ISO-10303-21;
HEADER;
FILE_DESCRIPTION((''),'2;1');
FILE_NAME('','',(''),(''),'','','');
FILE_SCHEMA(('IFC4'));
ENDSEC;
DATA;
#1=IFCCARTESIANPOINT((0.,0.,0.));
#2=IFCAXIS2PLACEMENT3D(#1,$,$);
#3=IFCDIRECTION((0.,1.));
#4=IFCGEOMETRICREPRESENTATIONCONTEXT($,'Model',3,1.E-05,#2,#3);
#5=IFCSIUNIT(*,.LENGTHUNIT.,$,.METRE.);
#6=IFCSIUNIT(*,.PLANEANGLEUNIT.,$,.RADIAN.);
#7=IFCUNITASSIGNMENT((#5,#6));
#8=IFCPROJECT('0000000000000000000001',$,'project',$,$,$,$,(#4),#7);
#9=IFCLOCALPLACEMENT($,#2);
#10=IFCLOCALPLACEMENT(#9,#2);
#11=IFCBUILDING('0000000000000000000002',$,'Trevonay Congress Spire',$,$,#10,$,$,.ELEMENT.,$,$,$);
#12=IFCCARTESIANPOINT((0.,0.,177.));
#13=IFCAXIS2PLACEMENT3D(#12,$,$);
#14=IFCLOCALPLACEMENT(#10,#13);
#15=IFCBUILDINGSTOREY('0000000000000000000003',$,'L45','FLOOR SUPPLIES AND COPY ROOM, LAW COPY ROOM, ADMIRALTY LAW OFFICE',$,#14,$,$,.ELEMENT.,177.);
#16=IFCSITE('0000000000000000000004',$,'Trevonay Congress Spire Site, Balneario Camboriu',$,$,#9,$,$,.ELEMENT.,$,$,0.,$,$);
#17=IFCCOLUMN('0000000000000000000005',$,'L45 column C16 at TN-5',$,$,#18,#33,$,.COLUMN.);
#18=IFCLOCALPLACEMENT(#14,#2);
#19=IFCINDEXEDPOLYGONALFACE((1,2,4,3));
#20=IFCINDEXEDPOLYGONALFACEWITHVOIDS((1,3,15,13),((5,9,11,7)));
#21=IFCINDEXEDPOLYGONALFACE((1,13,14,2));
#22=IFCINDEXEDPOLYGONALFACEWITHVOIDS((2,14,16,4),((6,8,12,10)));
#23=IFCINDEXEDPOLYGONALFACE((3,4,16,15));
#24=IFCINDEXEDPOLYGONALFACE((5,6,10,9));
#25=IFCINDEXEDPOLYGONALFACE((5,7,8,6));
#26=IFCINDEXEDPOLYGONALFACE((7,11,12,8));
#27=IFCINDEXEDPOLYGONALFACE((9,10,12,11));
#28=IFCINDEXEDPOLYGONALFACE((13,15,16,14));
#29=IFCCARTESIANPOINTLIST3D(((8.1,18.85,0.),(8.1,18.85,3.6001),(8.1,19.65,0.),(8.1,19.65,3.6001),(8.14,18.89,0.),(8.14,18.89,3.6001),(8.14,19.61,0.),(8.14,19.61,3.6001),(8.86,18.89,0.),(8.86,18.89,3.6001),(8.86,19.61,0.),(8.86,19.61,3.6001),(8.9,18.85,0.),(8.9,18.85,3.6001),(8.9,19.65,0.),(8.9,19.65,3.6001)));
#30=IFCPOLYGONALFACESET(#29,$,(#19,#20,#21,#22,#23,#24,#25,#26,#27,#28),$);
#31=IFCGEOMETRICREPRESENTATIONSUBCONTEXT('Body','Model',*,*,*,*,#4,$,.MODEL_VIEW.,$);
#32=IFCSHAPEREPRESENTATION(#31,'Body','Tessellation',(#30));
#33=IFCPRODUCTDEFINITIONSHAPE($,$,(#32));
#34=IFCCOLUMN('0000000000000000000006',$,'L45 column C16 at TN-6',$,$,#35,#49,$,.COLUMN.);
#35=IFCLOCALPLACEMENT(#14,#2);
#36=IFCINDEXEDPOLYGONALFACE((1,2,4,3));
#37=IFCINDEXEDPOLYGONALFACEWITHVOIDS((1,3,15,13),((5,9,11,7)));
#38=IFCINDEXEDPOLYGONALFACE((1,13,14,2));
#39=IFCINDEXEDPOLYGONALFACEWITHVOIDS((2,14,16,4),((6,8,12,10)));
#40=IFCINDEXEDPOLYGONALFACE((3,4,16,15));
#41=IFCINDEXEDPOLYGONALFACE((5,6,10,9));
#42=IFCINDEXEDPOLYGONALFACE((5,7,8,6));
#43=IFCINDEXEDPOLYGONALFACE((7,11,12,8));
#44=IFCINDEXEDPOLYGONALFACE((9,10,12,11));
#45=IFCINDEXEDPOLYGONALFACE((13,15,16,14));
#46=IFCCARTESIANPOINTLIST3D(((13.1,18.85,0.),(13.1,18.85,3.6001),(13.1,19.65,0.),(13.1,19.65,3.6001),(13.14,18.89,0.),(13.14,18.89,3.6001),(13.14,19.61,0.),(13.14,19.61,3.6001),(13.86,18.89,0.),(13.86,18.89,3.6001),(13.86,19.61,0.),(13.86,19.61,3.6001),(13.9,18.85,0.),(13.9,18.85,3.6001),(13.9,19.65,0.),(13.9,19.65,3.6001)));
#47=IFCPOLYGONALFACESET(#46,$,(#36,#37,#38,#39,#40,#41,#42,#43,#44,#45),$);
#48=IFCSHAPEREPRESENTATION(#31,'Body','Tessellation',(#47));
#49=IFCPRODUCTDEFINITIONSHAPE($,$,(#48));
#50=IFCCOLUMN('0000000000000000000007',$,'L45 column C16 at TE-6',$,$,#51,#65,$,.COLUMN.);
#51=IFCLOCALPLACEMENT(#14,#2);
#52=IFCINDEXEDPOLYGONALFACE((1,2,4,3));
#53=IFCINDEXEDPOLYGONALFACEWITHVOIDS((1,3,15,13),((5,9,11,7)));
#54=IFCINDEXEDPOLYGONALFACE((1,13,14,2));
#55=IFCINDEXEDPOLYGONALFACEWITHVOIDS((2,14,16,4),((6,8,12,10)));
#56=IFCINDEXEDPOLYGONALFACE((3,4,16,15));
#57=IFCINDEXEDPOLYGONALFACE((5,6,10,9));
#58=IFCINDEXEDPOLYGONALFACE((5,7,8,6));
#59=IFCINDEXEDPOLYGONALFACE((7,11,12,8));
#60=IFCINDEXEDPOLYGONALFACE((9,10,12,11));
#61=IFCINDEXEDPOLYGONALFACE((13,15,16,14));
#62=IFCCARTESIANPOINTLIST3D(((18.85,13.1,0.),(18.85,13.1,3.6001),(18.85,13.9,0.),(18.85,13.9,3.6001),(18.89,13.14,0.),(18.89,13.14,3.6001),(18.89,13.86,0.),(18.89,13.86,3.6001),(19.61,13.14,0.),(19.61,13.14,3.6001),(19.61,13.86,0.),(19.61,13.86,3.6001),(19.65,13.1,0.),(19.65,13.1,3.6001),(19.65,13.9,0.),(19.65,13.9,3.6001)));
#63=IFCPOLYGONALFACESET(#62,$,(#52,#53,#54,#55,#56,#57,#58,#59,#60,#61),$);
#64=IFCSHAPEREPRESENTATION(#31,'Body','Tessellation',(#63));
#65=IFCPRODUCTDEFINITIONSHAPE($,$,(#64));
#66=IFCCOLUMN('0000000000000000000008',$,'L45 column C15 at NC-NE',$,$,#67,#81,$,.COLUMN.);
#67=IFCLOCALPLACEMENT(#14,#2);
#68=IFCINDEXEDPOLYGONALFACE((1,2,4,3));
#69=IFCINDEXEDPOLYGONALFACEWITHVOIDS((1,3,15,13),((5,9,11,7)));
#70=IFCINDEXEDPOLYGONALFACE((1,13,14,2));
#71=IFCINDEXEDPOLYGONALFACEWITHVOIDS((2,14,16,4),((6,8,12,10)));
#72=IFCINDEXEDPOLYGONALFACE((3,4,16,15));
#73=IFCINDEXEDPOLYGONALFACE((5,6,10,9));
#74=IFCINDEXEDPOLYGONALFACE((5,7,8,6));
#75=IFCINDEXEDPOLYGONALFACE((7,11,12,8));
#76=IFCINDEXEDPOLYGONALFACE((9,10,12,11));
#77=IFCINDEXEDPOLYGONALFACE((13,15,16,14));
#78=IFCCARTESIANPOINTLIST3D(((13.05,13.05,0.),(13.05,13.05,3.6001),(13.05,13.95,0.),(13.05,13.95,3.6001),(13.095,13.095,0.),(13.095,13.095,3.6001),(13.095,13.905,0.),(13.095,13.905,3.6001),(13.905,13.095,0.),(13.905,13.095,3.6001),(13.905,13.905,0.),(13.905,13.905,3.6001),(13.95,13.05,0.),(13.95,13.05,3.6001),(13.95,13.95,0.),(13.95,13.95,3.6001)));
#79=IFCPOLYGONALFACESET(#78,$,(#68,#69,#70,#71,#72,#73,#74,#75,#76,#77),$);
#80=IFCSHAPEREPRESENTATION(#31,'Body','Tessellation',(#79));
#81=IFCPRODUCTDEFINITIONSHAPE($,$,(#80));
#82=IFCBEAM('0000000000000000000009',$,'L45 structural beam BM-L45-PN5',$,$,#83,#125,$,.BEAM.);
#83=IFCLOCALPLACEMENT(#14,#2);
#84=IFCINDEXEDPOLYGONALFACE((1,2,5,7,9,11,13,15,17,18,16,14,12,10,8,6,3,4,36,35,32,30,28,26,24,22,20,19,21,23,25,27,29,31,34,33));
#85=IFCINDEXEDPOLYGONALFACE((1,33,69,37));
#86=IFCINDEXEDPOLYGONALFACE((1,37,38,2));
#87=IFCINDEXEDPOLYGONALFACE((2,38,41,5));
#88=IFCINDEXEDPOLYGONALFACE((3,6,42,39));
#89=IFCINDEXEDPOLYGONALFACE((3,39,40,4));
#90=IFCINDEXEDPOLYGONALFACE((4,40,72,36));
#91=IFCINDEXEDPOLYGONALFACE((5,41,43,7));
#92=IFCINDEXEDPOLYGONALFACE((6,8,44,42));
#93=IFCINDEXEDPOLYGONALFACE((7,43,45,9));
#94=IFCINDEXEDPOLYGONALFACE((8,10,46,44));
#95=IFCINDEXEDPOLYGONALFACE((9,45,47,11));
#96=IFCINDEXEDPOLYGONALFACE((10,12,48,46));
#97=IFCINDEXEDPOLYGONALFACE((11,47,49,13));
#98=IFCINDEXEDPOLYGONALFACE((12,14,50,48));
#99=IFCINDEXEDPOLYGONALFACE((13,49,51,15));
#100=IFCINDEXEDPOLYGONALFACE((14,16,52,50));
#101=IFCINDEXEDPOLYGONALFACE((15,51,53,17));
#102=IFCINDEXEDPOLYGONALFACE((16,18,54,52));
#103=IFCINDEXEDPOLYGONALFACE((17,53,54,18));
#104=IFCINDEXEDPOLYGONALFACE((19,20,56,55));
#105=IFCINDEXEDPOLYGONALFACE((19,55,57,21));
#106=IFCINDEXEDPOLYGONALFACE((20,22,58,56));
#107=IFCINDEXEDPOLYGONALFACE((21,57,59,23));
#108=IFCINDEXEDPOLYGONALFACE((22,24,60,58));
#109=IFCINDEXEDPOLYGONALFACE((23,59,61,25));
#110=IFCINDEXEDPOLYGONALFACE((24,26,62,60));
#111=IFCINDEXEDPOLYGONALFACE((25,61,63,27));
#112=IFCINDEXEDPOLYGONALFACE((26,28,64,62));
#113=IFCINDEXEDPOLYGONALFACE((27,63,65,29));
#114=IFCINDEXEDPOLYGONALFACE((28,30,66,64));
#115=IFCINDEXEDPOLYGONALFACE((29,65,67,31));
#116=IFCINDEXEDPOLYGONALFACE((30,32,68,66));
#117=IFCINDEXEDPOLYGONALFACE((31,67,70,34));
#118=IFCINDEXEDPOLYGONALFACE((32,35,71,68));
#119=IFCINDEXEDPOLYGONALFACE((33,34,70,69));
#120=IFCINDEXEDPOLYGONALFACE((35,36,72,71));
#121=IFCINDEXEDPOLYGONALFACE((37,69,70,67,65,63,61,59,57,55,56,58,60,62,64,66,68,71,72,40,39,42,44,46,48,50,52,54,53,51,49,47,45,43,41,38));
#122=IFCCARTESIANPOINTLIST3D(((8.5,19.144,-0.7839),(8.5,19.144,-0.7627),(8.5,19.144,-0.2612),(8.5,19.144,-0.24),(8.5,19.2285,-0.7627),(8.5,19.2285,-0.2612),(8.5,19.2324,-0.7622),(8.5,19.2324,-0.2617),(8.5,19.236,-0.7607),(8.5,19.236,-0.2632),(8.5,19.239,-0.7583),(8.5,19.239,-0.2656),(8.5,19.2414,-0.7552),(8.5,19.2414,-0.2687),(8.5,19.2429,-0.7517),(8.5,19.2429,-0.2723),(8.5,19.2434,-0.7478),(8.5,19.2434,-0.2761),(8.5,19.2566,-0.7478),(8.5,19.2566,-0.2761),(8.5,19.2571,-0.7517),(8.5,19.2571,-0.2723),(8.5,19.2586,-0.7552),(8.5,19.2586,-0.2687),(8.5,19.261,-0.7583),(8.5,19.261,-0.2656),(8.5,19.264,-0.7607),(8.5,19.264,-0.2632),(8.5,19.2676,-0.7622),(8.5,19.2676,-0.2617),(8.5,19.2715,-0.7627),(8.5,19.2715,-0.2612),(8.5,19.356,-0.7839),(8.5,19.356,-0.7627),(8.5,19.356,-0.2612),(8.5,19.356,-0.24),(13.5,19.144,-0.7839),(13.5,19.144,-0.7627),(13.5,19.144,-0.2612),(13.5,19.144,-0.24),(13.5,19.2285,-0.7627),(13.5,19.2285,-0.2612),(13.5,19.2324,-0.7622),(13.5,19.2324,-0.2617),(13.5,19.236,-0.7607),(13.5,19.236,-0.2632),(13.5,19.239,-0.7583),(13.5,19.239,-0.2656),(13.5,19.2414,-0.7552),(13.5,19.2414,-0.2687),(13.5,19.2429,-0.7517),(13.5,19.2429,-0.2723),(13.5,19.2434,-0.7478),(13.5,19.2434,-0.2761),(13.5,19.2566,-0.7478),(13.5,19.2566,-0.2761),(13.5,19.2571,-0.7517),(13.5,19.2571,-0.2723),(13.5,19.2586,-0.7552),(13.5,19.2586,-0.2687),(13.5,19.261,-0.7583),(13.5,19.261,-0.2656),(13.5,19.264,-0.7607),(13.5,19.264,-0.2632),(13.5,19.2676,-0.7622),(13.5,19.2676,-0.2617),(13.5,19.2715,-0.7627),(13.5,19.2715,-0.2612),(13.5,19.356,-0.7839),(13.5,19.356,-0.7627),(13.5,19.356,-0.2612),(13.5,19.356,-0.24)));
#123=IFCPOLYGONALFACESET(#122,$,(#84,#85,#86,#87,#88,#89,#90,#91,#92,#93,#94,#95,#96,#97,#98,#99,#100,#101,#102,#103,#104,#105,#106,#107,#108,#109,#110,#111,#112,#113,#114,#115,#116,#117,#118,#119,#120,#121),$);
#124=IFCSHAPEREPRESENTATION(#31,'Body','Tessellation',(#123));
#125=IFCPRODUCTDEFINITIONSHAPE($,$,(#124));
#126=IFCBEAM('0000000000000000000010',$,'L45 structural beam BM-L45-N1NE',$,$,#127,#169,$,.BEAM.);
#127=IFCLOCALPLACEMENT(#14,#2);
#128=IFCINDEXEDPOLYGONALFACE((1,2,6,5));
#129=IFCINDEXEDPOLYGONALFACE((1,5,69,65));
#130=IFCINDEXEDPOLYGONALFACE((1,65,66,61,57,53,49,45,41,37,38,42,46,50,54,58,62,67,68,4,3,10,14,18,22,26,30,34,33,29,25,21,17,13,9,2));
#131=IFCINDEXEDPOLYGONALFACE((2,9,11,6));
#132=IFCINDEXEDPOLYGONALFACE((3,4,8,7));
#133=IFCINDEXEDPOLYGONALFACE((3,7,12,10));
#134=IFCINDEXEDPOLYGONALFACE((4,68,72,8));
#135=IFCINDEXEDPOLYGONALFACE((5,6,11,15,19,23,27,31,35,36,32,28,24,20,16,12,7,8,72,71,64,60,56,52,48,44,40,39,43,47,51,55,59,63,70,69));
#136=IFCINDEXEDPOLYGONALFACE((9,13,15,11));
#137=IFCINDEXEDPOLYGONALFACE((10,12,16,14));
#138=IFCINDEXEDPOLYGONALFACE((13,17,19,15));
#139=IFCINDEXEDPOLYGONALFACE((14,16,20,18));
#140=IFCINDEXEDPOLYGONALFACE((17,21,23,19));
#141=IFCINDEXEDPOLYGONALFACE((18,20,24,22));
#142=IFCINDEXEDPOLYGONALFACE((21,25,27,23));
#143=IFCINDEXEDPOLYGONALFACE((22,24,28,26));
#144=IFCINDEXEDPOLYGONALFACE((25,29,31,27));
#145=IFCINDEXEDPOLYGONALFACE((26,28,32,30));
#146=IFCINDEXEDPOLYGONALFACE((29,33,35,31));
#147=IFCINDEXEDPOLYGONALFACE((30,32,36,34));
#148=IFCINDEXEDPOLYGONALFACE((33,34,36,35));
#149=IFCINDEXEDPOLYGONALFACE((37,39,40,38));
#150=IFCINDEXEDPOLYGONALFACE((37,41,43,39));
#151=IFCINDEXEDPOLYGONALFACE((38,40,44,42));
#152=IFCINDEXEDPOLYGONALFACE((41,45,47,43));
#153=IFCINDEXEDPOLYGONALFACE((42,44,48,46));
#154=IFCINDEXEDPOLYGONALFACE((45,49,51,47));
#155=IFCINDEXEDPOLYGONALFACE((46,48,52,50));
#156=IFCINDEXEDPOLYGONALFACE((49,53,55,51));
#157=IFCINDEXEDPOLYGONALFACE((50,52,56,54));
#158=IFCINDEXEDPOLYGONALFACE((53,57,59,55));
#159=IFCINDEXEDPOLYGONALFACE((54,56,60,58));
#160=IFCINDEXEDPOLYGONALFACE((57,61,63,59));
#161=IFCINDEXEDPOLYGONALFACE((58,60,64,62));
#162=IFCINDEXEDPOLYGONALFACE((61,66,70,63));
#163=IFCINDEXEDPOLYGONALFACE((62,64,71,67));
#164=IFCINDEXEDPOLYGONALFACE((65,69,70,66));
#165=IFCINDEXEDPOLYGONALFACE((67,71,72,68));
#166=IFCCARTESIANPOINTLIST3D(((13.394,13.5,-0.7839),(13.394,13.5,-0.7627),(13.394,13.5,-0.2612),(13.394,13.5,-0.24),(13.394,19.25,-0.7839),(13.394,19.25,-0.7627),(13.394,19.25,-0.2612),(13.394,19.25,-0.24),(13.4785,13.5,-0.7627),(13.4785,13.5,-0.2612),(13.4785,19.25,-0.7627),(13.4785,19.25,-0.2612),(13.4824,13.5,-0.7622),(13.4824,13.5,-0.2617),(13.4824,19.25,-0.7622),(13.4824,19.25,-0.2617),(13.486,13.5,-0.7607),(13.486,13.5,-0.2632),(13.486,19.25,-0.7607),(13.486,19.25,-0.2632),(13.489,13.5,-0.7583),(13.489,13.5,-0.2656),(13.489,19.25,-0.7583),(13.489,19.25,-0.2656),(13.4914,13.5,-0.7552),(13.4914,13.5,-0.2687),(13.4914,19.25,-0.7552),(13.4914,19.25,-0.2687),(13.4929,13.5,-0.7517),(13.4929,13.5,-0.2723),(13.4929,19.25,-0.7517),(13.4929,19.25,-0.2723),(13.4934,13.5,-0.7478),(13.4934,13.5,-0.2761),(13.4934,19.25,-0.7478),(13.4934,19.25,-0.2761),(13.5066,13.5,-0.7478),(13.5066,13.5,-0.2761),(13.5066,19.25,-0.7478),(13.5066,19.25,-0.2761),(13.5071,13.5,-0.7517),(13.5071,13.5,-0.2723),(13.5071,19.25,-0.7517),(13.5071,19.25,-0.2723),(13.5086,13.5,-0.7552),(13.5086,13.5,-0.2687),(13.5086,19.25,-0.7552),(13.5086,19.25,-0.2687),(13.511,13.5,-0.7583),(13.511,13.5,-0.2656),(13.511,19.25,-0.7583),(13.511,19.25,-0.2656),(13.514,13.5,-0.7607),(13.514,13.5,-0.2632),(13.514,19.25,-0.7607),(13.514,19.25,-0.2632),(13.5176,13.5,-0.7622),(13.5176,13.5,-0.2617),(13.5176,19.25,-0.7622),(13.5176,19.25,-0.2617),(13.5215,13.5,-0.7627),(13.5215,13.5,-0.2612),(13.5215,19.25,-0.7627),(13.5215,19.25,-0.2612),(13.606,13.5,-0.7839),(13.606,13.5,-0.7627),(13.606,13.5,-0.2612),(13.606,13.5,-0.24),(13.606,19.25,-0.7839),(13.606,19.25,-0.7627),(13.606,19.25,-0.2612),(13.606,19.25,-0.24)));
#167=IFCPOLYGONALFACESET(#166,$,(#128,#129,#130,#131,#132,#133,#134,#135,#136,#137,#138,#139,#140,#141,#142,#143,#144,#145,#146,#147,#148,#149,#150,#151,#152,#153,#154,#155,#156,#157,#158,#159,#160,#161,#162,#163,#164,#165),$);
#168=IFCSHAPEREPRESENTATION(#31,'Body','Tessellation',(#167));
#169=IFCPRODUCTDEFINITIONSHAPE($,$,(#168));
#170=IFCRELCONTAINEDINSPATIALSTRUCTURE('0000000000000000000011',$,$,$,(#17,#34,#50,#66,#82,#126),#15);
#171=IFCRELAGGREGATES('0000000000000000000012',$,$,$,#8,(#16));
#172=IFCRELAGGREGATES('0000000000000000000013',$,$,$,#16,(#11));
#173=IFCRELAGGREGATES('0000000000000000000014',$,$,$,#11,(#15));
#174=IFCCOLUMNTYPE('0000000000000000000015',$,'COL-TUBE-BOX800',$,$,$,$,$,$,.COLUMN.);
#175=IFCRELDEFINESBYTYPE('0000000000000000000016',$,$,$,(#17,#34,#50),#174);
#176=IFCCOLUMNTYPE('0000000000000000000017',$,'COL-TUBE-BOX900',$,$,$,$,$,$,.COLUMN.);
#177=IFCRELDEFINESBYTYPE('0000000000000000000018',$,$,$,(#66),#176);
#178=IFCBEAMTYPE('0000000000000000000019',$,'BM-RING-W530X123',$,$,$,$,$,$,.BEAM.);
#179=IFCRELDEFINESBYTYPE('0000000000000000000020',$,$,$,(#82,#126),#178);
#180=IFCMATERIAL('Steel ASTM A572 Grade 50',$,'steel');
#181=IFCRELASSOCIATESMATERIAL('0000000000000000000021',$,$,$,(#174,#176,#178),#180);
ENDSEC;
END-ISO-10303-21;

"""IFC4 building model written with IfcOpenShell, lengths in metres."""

from ifc_helpers import new_model, si_unit, direction, frame, origin, origin_2d, place, context, subcontext, project, spatial, hollow_rectangle, i_section, extrude, material, material_profile, profile_set, type_object, element, save


model = new_model("IFC4")

# Units and contexts
model_context = context("Model", 3, precision=1e-05, world=origin(), true_north=direction((0.0, 1.0)))
body_context = subcontext(model_context, "Body", "Model", "MODEL_VIEW")
ifc_project = project(units=[si_unit("LENGTHUNIT", "METRE"), si_unit("PLANEANGLEUNIT", "RADIAN")], contexts=[model_context])

# Site, building, storey
site_placement = place(None, origin())
site = spatial("IfcSite", under=ifc_project, at=site_placement, Name="Trevonay Congress Spire Site, Balneario Camboriu", CompositionType="ELEMENT", RefElevation=0.0)
building_placement = place(site_placement, origin())
building = spatial("IfcBuilding", under=site, at=building_placement, Name="Trevonay Congress Spire", CompositionType="ELEMENT")
storey_placement = place(building_placement, frame((0.0, 0.0, 177.0)))
storey = spatial("IfcBuildingStorey", under=building, at=storey_placement, Name="L45", Description="FLOOR SUPPLIES AND COPY ROOM, LAW COPY ROOM, ADMIRALTY LAW OFFICE", CompositionType="ELEMENT", Elevation=177.0)

# Columns
ifc_material_1 = material(Name="Steel ASTM A572 Grade 50", Category="steel")
ifc_material_profile_1 = material_profile(ifc_material_1, hollow_rectangle(XDim=0.8, YDim=0.8, WallThickness=0.04, at=origin_2d()), Name="BOX 800x800x40")
ifc_profile_set_1 = profile_set([ifc_material_profile_1], Name="Steel ASTM A572 Grade 50")
column_type_1 = type_object("IfcColumnType", Name="COL-TUBE-BOX800", PredefinedType="COLUMN", material=ifc_profile_set_1)
for number, where, z_axis, x_axis, name in (
    (1, (8.5, 19.25, 0.0), (0.0, 0.0, 1.0), (1.0, 0.0, 0.0), "L45 column C16 at TN-5"),
    (2, (13.5, 19.25, 0.0), (0.0, 0.0, 1.0), (1.0, 0.0, 0.0), "L45 column C16 at TN-6"),
    (3, (19.25, 13.5, 0.0), (0.0, 0.0, 1.0), (1.0, 0.0, 0.0), "L45 column C16 at TE-6"),
):
    element("IfcColumn", number, at=place(storey_placement, frame(where, z_axis=z_axis, x_axis=x_axis)), inside=storey, type_object=column_type_1, Name=name, PredefinedType="COLUMN", context=body_context, shape_type="SweptSolid", body=[
        extrude(hollow_rectangle(XDim=0.8, YDim=0.8, WallThickness=0.04, at=origin_2d()), origin(), (0.0, 0.0, 1.0), 3.6001),
    ])
ifc_material_profile_2 = material_profile(ifc_material_1, hollow_rectangle(XDim=0.8999, YDim=0.8999, WallThickness=0.0449, at=origin_2d()), Name="BOX 900x900x45")
ifc_profile_set_2 = profile_set([ifc_material_profile_2], Name="Steel ASTM A572 Grade 50")
column_type_2 = type_object("IfcColumnType", Name="COL-TUBE-BOX900", PredefinedType="COLUMN", material=ifc_profile_set_2)
column_placement = place(storey_placement, frame((13.5, 13.5, 0.0), z_axis=(0.0, 0.0, 1.0), x_axis=(1.0, 0.0, 0.0)))
element("IfcColumn", 4, at=column_placement, inside=storey, type_object=column_type_2, Name="L45 column C15 at NC-NE", PredefinedType="COLUMN", context=body_context, shape_type="SweptSolid", body=[
    extrude(hollow_rectangle(XDim=0.8999, YDim=0.8999, WallThickness=0.0449, at=origin_2d()), origin(), (0.0, 0.0, 1.0), 3.6001),
])

# Beams
ifc_material_profile_3 = material_profile(ifc_material_1, i_section(OverallWidth=0.2119, OverallDepth=0.5439, WebThickness=0.0132, FlangeThickness=0.0212, FilletRadius=0.0149, at=origin_2d()), Name="W530x123")
ifc_profile_set_3 = profile_set([ifc_material_profile_3], Name="Steel ASTM A572 Grade 50")
beam_type = type_object("IfcBeamType", Name="BM-RING-W530X123", PredefinedType="BEAM", material=ifc_profile_set_3)
beam_placement = place(storey_placement, frame((8.5, 19.25, -0.512), z_axis=(1.0, 0.0, 0.0), x_axis=(0.0, 1.0, 0.0)))
element("IfcBeam", 5, at=beam_placement, inside=storey, type_object=beam_type, Name="L45 structural beam BM-L45-PN5", PredefinedType="BEAM", context=body_context, shape_type="SweptSolid", body=[
    extrude(i_section(OverallWidth=0.2119, OverallDepth=0.5439, WebThickness=0.0132, FlangeThickness=0.0212, FilletRadius=0.0149, at=origin_2d()), origin(), (0.0, 0.0, 1.0), 5.0),
])
for number, where, z_axis, x_axis, name in (
    (6, (13.5, 19.25, -0.512), (0.0, -1.0, 0.0), (1.0, 0.0, 0.0), "L45 structural beam BM-L45-N1NE"),
):
    element("IfcBeam", number, at=place(storey_placement, frame(where, z_axis=z_axis, x_axis=x_axis)), inside=storey, type_object=beam_type, Name=name, PredefinedType="BEAM", context=body_context, shape_type="SweptSolid", body=[
        extrude(i_section(OverallWidth=0.2119, OverallDepth=0.5439, WebThickness=0.0132, FlangeThickness=0.0212, FilletRadius=0.0149, at=origin_2d()), origin(), (0.0, 0.0, 1.0), 5.75),
    ])

save(model, "model.ifc")
